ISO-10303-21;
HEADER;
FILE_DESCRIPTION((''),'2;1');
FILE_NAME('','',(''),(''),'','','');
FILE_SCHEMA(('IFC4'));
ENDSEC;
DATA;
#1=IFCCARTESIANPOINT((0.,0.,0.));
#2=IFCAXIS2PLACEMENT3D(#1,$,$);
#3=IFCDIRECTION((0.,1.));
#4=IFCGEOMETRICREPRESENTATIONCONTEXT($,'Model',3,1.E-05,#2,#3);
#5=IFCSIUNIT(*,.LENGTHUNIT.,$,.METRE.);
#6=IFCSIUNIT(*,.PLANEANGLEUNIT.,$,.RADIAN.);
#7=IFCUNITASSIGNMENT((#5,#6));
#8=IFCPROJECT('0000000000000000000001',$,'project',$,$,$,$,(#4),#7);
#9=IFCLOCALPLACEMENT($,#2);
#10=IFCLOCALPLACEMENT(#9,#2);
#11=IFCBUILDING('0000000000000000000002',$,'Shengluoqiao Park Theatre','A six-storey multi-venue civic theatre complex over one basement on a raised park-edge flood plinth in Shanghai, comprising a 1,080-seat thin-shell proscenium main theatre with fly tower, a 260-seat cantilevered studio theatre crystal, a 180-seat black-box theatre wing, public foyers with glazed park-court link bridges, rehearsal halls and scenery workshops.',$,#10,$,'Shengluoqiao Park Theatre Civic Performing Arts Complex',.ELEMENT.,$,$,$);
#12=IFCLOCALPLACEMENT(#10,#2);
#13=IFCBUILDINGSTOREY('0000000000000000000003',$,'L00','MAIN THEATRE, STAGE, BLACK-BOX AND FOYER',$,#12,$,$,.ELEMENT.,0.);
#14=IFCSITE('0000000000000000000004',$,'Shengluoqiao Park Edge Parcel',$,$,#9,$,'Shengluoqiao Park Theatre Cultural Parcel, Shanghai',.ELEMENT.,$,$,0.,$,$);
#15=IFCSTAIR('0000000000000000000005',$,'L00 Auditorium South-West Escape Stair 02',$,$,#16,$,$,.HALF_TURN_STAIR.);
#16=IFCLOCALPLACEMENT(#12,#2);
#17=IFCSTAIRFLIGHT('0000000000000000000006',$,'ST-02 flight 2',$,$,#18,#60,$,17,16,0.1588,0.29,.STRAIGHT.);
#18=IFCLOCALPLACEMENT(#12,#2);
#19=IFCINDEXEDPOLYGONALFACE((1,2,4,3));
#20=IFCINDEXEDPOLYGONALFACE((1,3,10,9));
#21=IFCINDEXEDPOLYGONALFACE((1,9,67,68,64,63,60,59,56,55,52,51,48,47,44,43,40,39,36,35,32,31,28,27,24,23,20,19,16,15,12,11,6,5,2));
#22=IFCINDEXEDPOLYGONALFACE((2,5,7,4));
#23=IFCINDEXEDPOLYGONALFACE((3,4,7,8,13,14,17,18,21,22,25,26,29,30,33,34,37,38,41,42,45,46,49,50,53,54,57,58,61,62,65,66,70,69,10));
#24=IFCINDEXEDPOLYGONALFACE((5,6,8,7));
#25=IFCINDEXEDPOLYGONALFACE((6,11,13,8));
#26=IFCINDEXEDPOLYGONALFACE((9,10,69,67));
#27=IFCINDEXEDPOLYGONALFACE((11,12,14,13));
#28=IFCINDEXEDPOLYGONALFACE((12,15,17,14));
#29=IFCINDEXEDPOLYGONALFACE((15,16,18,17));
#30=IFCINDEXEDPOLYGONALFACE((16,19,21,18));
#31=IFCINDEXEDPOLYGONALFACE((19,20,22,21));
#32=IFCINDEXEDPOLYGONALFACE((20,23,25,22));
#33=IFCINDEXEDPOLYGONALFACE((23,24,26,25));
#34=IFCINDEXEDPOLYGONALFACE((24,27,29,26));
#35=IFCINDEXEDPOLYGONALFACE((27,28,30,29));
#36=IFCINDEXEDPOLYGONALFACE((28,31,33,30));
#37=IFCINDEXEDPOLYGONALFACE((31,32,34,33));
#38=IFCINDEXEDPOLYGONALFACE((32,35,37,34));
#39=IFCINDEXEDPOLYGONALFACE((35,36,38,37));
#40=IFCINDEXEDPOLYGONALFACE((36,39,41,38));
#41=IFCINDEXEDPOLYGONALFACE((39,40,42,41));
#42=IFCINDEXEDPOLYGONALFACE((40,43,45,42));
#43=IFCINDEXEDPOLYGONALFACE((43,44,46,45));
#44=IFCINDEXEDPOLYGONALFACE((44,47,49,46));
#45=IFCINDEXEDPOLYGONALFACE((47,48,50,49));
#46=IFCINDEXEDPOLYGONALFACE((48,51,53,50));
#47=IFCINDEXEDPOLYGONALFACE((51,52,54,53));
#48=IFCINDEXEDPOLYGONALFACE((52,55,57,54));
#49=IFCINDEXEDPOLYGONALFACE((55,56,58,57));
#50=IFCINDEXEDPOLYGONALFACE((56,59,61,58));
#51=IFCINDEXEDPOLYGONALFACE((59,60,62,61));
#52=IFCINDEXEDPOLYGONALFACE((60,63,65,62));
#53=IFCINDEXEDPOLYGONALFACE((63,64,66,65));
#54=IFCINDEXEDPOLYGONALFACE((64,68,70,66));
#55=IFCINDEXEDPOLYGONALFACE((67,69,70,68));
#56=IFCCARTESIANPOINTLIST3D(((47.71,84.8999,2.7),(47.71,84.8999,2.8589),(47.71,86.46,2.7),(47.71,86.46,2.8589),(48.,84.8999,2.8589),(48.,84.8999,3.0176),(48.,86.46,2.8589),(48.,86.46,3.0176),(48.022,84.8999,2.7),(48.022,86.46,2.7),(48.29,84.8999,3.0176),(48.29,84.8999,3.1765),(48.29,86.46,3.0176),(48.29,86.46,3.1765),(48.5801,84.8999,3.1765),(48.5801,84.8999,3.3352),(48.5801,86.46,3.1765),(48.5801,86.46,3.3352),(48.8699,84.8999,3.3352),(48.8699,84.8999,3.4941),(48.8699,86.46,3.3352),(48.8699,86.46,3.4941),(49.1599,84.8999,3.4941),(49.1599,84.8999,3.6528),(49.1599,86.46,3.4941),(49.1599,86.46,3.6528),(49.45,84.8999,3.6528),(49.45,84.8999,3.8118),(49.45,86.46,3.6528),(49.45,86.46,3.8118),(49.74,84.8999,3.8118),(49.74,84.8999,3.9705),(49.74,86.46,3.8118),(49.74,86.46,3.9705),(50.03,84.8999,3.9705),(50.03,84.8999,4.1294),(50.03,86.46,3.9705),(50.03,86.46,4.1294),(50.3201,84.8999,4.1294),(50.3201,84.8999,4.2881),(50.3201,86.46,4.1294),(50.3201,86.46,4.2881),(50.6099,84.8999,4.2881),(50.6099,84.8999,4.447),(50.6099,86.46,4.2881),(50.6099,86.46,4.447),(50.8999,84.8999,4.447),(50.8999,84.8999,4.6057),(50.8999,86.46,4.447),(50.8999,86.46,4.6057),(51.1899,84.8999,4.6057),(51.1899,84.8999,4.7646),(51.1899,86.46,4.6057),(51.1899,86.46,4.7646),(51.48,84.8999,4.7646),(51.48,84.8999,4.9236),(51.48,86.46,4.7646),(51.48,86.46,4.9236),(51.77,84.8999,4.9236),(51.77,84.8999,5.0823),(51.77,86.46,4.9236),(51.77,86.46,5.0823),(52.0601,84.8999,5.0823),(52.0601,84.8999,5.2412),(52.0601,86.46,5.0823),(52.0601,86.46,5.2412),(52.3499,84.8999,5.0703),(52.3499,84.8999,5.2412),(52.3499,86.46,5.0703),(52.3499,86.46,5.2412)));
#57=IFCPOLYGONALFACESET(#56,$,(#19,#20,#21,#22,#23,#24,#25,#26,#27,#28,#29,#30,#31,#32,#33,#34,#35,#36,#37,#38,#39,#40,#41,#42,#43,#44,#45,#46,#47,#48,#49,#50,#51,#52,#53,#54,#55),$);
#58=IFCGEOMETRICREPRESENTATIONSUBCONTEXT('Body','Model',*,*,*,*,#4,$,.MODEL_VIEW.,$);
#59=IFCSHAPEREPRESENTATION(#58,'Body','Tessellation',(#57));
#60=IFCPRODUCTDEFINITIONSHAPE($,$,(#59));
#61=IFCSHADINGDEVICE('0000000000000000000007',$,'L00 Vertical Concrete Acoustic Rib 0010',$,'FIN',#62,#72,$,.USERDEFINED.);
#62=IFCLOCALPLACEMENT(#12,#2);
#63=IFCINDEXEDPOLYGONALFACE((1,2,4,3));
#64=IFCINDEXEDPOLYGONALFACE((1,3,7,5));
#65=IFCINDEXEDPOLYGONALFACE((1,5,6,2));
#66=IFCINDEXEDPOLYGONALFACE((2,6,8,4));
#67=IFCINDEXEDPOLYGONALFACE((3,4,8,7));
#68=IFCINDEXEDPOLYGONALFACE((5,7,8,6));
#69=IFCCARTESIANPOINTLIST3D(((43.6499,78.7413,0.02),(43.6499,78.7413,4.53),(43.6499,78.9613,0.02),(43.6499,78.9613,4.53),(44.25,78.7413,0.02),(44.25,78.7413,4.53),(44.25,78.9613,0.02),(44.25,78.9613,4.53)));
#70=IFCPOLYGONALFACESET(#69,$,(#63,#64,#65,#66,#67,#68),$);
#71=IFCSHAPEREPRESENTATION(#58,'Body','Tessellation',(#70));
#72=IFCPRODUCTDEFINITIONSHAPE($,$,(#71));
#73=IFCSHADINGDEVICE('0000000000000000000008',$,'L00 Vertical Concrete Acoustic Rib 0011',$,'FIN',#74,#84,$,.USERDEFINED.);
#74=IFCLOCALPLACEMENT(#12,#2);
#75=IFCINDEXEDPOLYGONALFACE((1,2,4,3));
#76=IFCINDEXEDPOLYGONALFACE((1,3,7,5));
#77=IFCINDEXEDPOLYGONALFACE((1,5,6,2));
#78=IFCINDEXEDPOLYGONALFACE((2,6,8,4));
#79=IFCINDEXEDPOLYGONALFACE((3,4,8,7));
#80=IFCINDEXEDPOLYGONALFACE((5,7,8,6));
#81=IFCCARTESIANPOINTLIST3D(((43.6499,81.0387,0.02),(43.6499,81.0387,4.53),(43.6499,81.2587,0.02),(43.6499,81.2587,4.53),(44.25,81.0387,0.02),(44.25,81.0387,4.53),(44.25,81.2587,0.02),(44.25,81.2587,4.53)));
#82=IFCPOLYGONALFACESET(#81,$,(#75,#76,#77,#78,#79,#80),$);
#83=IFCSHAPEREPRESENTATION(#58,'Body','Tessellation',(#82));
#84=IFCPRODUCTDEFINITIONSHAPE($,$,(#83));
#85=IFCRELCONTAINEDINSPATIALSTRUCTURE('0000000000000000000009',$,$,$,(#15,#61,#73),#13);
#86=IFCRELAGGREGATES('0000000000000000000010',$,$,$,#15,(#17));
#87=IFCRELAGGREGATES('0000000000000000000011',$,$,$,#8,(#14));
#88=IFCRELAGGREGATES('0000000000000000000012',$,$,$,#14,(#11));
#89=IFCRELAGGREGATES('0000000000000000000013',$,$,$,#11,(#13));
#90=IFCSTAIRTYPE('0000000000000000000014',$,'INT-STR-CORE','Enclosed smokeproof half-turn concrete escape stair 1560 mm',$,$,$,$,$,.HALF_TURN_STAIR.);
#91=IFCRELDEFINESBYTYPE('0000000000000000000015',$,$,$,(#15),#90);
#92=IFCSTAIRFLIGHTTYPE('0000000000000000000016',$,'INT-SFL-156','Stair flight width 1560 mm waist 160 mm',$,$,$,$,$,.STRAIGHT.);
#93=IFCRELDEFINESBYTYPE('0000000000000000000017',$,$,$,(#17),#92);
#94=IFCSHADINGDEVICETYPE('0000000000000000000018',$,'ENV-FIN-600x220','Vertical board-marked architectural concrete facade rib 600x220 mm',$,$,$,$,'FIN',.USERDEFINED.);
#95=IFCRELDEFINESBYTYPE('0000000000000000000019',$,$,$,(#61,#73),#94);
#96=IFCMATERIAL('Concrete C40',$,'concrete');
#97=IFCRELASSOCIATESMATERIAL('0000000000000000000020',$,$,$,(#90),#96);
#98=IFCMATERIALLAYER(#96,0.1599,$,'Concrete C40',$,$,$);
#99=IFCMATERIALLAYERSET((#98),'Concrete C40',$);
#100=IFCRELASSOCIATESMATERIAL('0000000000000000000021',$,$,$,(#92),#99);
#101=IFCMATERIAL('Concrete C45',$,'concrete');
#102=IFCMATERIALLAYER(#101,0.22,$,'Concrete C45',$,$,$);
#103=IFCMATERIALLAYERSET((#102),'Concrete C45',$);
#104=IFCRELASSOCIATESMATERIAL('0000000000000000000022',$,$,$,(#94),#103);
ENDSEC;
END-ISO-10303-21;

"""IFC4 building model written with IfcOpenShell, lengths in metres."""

from ifc_helpers import new_model, si_unit, direction, frame, origin, origin_2d, place, context, subcontext, project, spatial, polyline, rectangle, outline, extrude, material, layer, layer_set, type_object, element, aggregate, save


model = new_model("IFC4")

# Units and contexts
model_context = context("Model", 3, precision=1e-05, world=origin(), true_north=direction((0.0, 1.0)))
body_context = subcontext(model_context, "Body", "Model", "MODEL_VIEW")
ifc_project = project(units=[si_unit("LENGTHUNIT", "METRE"), si_unit("PLANEANGLEUNIT", "RADIAN")], contexts=[model_context])

# Site, building, storey
site_placement = place(None, origin())
site = spatial("IfcSite", under=ifc_project, at=site_placement, Name="Shengluoqiao Park Edge Parcel", LongName="Shengluoqiao Park Theatre Cultural Parcel, Shanghai", CompositionType="ELEMENT", RefElevation=0.0)
building_placement = place(site_placement, origin())
building = spatial("IfcBuilding", under=site, at=building_placement, Name="Shengluoqiao Park Theatre", Description="A six-storey multi-venue civic theatre complex over one basement on a raised park-edge flood plinth in Shanghai, comprising a 1,080-seat thin-shell proscenium main theatre with fly tower, a 260-seat cantilevered studio theatre crystal, a 180-seat black-box theatre wing, public foyers with glazed park-court link bridges, rehearsal halls and scenery workshops.", LongName="Shengluoqiao Park Theatre Civic Performing Arts Complex", CompositionType="ELEMENT")
storey_placement = place(building_placement, origin())
storey = spatial("IfcBuildingStorey", under=building, at=storey_placement, Name="L00", Description="MAIN THEATRE, STAGE, BLACK-BOX AND FOYER", CompositionType="ELEMENT", Elevation=0.0)

# Shared definitions
ifc_material_1 = material(Name="Concrete C45", Category="concrete")

# Stair, stair flight
ifc_material_2 = material(Name="Concrete C40", Category="concrete")
stair_type = type_object("IfcStairType", Name="INT-STR-CORE", Description="Enclosed smokeproof half-turn concrete escape stair 1560 mm", PredefinedType="HALF_TURN_STAIR", material=ifc_material_2)
stair_placement = place(storey_placement, origin())
stair = element("IfcStair", 1, at=stair_placement, inside=storey, type_object=stair_type, Name="L00 Auditorium South-West Escape Stair 02", PredefinedType="HALF_TURN_STAIR")
ifc_layer_1 = layer(ifc_material_2, 0.1599, Name="Concrete C40")
ifc_layer_set_1 = layer_set([ifc_layer_1], Name="Concrete C40")
stair_flight_type = type_object("IfcStairFlightType", Name="INT-SFL-156", Description="Stair flight width 1560 mm waist 160 mm", PredefinedType="STRAIGHT", material=ifc_layer_set_1)
stair_flight_1_placement = place(storey_placement, frame((47.71, 85.6799, 2.7), z_axis=(0.0, 0.0, 1.0), x_axis=(1.0, 0.0, 0.0)))
stair_flight_1 = element("IfcStairFlight", 2, at=stair_flight_1_placement, type_object=stair_flight_type, Name="ST-02 flight 2", NumberOfRisers=17, NumberOfTreads=16, PredefinedType="STRAIGHT", RiserHeight=0.1588, TreadLength=0.29, context=body_context, shape_type="SweptSolid", body=[
    extrude(outline(polyline([(0.0, 0.0), (0.0, 0.1589), (0.29, 0.1589), (0.29, 0.3176), (0.5801, 0.3176), (0.5801, 0.4766), (0.8701, 0.4766), (0.8701, 0.6353), (1.1599, 0.6353), (1.1599, 0.7942), (1.45, 0.7942), (1.45, 0.9529), (1.74, 0.9529), (1.74, 1.1118), (2.03, 1.1118), (2.03, 1.2705), (2.3201, 1.2705), (2.3201, 1.4294), (2.6101, 1.4294), (2.6101, 1.5881), (2.8999, 1.5881), (2.8999, 1.7471), (3.1899, 1.7471), (3.1899, 1.9058), (3.48, 1.9058), (3.48, 2.0647), (3.77, 2.0647), (3.77, 2.2236), (4.0601, 2.2236), (4.0601, 2.3823), (4.3501, 2.3823), (4.3501, 2.5413), (4.6399, 2.5413), (4.6399, 2.7), (4.6399, 2.3704), (0.312, 0.0), (0.0, 0.0)])), frame((0.0, 0.78, 0.0), z_axis=(0.0, -1.0, 0.0), x_axis=(1.0, 0.0, 0.0)), (0.0, 0.0, 1.0), 1.5601),
])
aggregate(stair, [stair_flight_1])

# Shading devices
ifc_layer_2 = layer(ifc_material_1, 0.22, Name="Concrete C45")
ifc_layer_set_2 = layer_set([ifc_layer_2], Name="Concrete C45")
shading_device_type = type_object("IfcShadingDeviceType", Name="ENV-FIN-600x220", Description="Vertical board-marked architectural concrete facade rib 600x220 mm", ElementType="FIN", PredefinedType="USERDEFINED", material=ifc_layer_set_2)
for number, where, z_axis, x_axis, name in (
    (3, (43.95, 78.8513, 0.02), (0.0, 0.0, 1.0), (-1.0, 0.0, 0.0), "L00 Vertical Concrete Acoustic Rib 0010"),
    (4, (43.95, 81.1487, 0.02), (0.0, 0.0, 1.0), (-1.0, 0.0, 0.0), "L00 Vertical Concrete Acoustic Rib 0011"),
):
    element("IfcShadingDevice", number, at=place(storey_placement, frame(where, z_axis=z_axis, x_axis=x_axis)), inside=storey, type_object=shading_device_type, Name=name, ObjectType="FIN", PredefinedType="USERDEFINED", context=body_context, shape_type="SweptSolid", body=[
        extrude(rectangle(XDim=0.6001, YDim=0.22, at=origin_2d()), origin(), (0.0, 0.0, 1.0), 4.51),
    ])

save(model, "model.ifc")
